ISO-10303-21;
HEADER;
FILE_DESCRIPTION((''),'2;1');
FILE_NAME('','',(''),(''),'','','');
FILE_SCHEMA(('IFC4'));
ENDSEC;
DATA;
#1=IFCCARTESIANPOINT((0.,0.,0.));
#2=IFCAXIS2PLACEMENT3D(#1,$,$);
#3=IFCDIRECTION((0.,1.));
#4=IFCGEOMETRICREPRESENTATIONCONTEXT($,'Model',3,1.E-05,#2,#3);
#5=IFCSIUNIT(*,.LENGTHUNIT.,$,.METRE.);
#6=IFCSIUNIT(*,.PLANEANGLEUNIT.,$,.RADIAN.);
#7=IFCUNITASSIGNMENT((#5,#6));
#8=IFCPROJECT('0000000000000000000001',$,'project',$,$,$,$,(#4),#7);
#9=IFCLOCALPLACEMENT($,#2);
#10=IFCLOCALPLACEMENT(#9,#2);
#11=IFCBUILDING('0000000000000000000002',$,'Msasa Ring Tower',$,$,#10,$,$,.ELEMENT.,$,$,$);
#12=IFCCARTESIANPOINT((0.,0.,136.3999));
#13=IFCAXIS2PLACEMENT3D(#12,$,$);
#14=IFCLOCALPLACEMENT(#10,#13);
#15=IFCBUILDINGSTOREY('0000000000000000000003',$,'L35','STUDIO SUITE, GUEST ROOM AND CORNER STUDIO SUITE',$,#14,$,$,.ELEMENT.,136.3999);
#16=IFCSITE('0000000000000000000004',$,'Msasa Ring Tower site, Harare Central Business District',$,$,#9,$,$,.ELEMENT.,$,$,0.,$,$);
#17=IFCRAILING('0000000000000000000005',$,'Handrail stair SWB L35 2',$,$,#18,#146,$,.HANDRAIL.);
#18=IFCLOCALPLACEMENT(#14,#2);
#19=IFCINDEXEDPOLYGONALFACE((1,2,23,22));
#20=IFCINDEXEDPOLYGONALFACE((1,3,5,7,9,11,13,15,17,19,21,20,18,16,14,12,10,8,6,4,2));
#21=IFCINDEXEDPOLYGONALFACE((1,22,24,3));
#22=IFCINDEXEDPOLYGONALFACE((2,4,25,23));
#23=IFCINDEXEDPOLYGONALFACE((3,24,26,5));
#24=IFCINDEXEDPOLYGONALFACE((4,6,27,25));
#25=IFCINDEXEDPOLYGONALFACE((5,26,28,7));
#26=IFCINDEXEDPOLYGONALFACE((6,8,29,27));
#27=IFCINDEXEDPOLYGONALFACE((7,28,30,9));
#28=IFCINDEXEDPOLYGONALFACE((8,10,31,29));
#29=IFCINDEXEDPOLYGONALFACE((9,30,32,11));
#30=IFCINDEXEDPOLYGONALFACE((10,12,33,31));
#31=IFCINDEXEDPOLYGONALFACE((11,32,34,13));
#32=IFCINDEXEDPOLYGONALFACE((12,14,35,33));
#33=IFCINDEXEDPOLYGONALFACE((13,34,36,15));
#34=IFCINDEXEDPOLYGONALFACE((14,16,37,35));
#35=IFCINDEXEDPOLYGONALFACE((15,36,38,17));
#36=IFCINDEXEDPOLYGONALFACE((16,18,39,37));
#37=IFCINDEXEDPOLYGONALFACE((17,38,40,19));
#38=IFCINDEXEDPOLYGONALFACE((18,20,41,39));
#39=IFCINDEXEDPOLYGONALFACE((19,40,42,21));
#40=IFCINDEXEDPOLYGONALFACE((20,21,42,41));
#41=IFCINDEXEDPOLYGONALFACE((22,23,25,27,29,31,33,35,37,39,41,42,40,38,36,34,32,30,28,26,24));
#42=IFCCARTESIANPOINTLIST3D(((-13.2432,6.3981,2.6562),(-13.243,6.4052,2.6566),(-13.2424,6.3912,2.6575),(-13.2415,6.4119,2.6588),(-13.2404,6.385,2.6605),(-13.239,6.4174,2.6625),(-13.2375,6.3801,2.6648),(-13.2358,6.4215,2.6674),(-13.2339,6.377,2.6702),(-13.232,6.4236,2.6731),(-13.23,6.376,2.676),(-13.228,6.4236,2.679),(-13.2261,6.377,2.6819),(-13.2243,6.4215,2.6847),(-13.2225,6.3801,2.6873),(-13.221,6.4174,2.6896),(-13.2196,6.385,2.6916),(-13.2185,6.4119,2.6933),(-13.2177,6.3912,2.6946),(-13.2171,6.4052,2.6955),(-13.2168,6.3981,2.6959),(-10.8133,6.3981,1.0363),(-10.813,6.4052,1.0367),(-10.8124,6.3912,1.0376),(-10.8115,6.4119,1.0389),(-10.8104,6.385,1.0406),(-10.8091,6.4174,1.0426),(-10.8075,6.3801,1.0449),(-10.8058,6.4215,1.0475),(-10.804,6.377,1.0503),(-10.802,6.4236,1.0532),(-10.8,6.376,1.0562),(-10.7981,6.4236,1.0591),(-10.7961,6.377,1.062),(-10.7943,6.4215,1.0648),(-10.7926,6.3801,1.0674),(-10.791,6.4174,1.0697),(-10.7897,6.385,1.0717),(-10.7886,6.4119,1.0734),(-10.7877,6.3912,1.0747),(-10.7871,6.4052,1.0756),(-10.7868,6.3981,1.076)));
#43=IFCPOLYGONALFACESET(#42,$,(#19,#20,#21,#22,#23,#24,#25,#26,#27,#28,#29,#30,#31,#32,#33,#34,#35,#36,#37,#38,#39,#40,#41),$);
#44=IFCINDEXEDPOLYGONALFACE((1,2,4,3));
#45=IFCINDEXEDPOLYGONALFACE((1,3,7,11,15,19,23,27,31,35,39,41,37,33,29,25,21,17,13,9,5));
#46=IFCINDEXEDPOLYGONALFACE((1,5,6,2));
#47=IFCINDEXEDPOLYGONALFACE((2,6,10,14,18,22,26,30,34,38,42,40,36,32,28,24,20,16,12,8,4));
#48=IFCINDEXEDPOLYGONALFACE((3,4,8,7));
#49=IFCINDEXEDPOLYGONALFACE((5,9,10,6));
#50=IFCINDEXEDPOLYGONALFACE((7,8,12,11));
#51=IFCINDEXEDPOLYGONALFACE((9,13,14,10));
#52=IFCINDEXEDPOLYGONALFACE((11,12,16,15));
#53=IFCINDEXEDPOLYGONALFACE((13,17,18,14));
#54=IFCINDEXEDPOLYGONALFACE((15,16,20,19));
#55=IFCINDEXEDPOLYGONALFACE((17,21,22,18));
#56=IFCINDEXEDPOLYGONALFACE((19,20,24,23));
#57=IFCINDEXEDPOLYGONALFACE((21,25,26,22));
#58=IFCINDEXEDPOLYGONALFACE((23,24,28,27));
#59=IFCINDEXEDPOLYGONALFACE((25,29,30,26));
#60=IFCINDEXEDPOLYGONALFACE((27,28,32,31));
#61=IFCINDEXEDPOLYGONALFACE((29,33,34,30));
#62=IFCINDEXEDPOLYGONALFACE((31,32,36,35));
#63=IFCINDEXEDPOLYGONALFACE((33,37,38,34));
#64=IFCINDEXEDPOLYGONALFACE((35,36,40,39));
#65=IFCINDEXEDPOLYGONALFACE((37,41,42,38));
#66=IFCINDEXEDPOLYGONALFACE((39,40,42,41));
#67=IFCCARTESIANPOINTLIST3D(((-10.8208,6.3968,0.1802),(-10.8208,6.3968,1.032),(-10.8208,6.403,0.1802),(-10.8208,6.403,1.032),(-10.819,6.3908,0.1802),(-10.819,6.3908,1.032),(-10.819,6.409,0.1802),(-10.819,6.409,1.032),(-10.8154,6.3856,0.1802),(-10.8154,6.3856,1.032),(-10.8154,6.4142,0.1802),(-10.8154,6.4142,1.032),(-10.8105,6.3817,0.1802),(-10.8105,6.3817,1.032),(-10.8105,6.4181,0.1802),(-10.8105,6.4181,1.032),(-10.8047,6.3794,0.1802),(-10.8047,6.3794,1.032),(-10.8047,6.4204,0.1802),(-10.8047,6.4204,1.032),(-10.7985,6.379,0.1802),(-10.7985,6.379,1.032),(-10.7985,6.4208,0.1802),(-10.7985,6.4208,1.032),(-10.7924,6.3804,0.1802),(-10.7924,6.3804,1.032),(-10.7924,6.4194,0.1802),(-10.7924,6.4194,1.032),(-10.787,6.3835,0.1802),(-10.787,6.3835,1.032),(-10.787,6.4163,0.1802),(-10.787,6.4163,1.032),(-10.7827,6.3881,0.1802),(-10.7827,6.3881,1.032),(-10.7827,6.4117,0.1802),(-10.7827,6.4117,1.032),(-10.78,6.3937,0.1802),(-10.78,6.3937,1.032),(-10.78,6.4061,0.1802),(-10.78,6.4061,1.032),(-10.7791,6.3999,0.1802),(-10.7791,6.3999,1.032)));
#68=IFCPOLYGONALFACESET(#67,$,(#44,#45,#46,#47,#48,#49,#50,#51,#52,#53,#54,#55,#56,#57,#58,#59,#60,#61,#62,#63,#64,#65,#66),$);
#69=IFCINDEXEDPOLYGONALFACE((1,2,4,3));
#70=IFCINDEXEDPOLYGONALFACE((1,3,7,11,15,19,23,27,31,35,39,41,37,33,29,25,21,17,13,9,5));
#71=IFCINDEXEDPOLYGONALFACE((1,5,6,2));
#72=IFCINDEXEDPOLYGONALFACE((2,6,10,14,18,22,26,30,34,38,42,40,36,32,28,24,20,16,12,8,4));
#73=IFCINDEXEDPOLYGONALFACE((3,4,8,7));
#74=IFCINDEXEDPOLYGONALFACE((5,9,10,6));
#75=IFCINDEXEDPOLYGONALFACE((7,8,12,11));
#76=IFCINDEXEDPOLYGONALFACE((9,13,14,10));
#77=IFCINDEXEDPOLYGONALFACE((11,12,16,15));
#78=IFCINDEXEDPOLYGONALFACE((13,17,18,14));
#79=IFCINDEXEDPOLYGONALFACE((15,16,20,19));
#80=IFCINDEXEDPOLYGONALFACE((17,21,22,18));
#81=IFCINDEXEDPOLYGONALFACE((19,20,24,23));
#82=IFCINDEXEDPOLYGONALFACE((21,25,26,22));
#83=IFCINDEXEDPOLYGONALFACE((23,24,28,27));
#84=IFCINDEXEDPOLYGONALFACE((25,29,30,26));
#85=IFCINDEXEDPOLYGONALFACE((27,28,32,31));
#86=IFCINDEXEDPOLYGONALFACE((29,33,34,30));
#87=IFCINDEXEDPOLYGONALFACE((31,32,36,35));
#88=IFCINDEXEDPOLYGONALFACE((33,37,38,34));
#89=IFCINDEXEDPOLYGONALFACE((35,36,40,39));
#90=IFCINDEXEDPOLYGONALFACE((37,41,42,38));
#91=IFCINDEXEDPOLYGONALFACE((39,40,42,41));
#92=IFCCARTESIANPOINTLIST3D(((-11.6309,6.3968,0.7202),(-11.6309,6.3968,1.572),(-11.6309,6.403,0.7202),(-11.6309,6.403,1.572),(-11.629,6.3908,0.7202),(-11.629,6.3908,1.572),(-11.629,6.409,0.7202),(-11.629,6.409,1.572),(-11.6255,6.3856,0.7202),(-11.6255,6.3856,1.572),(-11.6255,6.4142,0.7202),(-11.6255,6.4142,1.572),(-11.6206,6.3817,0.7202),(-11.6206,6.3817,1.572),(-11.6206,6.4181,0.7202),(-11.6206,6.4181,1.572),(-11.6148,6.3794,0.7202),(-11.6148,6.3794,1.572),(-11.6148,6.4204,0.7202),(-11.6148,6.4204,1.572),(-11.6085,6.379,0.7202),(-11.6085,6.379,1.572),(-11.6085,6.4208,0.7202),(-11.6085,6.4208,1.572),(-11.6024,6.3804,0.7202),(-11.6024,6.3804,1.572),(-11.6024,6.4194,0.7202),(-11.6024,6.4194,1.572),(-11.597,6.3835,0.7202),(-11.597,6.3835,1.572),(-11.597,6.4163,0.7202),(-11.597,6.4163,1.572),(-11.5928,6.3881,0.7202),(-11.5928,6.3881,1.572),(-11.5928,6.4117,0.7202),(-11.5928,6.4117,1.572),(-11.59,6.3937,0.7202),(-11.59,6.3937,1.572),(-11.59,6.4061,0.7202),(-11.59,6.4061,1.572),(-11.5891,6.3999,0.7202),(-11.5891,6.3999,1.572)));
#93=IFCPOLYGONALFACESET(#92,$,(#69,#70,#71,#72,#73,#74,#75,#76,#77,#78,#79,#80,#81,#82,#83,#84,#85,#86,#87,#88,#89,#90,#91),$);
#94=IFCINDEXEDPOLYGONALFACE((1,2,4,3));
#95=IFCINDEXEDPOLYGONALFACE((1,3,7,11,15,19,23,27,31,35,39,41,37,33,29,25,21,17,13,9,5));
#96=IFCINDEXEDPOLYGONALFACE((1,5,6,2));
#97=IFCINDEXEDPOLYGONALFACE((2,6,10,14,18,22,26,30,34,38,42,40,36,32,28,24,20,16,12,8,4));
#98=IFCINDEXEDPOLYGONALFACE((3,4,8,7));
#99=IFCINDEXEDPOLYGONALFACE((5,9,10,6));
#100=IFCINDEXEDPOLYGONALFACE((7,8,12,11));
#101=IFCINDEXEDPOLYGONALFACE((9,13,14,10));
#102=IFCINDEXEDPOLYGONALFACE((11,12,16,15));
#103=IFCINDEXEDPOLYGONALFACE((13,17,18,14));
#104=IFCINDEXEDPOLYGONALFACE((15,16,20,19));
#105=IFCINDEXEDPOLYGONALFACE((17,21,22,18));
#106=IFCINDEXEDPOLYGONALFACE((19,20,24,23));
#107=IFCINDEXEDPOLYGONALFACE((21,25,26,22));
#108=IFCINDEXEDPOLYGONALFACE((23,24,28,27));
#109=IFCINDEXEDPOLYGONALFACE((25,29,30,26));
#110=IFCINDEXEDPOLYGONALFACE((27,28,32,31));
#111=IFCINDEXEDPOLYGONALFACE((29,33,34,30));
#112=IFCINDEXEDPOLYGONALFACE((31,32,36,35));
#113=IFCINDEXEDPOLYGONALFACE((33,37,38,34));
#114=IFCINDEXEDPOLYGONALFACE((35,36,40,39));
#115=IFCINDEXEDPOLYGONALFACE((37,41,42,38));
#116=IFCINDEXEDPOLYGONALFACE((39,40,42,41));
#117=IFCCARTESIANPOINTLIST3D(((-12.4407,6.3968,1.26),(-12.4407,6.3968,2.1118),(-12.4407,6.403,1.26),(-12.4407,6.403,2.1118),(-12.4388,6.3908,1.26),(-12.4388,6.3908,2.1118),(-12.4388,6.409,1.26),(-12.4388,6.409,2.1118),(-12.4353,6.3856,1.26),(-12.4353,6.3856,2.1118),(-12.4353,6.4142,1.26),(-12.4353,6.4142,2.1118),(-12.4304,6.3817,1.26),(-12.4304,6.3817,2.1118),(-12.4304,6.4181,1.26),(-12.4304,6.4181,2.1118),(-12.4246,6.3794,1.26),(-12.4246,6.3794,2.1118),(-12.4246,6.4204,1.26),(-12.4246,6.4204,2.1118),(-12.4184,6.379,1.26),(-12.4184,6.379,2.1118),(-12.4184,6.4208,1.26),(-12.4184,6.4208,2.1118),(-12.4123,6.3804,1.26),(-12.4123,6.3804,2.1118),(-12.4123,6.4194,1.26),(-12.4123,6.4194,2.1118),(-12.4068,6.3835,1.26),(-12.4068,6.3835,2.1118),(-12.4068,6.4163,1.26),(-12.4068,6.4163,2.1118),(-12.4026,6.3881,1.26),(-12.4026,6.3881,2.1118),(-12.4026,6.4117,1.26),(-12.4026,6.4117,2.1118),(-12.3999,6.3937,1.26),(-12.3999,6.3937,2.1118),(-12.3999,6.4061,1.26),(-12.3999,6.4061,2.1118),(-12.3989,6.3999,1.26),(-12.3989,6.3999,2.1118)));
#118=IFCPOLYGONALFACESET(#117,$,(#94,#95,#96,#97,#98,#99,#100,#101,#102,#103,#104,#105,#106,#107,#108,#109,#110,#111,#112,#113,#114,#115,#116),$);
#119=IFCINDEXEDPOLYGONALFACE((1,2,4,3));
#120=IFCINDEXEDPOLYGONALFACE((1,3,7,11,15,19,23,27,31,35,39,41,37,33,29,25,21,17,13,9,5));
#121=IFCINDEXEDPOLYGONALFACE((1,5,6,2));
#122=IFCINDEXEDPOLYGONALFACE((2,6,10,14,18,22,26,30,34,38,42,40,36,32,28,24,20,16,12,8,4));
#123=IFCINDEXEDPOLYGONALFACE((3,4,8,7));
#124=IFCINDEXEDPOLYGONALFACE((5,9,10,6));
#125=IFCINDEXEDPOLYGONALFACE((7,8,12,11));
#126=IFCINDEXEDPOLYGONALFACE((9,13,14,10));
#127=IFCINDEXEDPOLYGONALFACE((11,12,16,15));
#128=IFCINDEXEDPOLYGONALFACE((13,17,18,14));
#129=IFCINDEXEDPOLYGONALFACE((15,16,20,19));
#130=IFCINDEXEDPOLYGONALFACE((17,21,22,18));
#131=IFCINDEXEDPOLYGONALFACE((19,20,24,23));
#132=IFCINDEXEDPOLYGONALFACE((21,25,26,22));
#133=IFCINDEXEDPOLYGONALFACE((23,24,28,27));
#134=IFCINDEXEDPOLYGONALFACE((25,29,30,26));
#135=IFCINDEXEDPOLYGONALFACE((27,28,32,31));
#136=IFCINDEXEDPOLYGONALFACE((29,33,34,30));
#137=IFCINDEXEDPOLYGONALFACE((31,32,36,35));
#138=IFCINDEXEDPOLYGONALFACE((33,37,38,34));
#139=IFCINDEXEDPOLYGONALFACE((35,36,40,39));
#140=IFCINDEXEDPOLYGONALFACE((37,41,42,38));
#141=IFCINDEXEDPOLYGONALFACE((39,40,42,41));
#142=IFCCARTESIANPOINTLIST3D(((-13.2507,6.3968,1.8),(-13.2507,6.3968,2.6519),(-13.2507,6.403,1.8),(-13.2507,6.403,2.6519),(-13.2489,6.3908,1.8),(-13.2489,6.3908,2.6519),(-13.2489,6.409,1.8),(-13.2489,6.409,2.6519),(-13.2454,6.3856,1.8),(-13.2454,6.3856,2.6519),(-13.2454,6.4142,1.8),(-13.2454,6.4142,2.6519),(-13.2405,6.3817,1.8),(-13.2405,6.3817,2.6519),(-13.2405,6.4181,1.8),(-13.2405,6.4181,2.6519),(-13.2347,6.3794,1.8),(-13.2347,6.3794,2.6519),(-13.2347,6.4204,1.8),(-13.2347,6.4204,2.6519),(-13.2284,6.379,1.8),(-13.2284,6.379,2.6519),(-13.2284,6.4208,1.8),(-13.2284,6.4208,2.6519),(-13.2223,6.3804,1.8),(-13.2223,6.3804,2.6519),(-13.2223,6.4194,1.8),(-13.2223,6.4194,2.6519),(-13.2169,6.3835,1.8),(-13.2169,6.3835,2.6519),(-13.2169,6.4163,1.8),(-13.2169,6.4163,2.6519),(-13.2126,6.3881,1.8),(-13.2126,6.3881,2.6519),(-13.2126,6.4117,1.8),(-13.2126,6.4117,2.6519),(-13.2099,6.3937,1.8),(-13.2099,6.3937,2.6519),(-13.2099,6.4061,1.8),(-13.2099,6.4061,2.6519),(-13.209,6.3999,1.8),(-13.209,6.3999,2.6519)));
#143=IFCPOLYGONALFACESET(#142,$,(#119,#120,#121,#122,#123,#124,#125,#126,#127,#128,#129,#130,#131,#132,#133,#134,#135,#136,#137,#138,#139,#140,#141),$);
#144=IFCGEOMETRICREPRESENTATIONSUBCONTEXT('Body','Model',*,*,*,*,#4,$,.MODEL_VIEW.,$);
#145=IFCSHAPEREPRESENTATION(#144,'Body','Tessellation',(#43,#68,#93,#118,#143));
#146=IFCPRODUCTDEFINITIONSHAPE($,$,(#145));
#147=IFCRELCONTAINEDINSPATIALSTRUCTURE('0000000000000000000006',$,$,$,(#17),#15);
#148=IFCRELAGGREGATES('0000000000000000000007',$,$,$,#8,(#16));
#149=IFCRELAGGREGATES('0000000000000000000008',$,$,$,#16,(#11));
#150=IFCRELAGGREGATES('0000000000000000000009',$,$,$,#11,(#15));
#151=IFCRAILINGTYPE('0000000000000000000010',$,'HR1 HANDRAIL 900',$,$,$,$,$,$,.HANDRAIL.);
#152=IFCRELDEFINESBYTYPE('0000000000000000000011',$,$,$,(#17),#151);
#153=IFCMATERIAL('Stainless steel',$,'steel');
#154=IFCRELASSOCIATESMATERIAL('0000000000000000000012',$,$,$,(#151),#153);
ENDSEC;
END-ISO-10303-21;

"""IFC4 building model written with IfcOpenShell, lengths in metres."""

from ifc_helpers import new_model, si_unit, direction, frame, origin, origin_2d, place, context, subcontext, project, spatial, circle, extrude, material, type_object, element, save


model = new_model("IFC4")

# Units and contexts
model_context = context("Model", 3, precision=1e-05, world=origin(), true_north=direction((0.0, 1.0)))
body_context = subcontext(model_context, "Body", "Model", "MODEL_VIEW")
ifc_project = project(units=[si_unit("LENGTHUNIT", "METRE"), si_unit("PLANEANGLEUNIT", "RADIAN")], contexts=[model_context])

# Site, building, storey
site_placement = place(None, origin())
site = spatial("IfcSite", under=ifc_project, at=site_placement, Name="Msasa Ring Tower site, Harare Central Business District", CompositionType="ELEMENT", RefElevation=0.0)
building_placement = place(site_placement, origin())
building = spatial("IfcBuilding", under=site, at=building_placement, Name="Msasa Ring Tower", CompositionType="ELEMENT")
storey_placement = place(building_placement, frame((0.0, 0.0, 136.3999)))
storey = spatial("IfcBuildingStorey", under=building, at=storey_placement, Name="L35", Description="STUDIO SUITE, GUEST ROOM AND CORNER STUDIO SUITE", CompositionType="ELEMENT", Elevation=136.3999)

# Railing
ifc_material_1 = material(Name="Stainless steel", Category="steel")
railing_type = type_object("IfcRailingType", Name="HR1 HANDRAIL 900", PredefinedType="HANDRAIL", material=ifc_material_1)
for number, where, name in (
    (1, (-10.8, 6.3999, 0.1802), "Handrail stair SWB L35 2"),
):
    element("IfcRailing", number, at=place(storey_placement, frame(where)), inside=storey, type_object=railing_type, Name=name, PredefinedType="HANDRAIL", context=body_context, shape_type="SweptSolid", body=[
        extrude(circle(Radius=0.0239, at=origin_2d()), frame((0.0, 0.0, 0.876), z_axis=(-0.832063, 0.0, 0.554681), x_axis=(0.0, -1.0, 0.0)), (0.0, 0.0, 1.0), 2.9204),
        extrude(circle(Radius=0.021, at=origin_2d()), origin(), (0.0, 0.0, 1.0), 0.8518),
        extrude(circle(Radius=0.021, at=origin_2d()), frame((-0.8101, 0.0, 0.54)), (0.0, 0.0, 1.0), 0.8518),
        extrude(circle(Radius=0.021, at=origin_2d()), frame((-1.6199, 0.0, 1.0798)), (0.0, 0.0, 1.0), 0.8518),
        extrude(circle(Radius=0.021, at=origin_2d()), frame((-2.4299, 0.0, 1.6199)), (0.0, 0.0, 1.0), 0.8518),
    ])

save(model, "model.ifc")
